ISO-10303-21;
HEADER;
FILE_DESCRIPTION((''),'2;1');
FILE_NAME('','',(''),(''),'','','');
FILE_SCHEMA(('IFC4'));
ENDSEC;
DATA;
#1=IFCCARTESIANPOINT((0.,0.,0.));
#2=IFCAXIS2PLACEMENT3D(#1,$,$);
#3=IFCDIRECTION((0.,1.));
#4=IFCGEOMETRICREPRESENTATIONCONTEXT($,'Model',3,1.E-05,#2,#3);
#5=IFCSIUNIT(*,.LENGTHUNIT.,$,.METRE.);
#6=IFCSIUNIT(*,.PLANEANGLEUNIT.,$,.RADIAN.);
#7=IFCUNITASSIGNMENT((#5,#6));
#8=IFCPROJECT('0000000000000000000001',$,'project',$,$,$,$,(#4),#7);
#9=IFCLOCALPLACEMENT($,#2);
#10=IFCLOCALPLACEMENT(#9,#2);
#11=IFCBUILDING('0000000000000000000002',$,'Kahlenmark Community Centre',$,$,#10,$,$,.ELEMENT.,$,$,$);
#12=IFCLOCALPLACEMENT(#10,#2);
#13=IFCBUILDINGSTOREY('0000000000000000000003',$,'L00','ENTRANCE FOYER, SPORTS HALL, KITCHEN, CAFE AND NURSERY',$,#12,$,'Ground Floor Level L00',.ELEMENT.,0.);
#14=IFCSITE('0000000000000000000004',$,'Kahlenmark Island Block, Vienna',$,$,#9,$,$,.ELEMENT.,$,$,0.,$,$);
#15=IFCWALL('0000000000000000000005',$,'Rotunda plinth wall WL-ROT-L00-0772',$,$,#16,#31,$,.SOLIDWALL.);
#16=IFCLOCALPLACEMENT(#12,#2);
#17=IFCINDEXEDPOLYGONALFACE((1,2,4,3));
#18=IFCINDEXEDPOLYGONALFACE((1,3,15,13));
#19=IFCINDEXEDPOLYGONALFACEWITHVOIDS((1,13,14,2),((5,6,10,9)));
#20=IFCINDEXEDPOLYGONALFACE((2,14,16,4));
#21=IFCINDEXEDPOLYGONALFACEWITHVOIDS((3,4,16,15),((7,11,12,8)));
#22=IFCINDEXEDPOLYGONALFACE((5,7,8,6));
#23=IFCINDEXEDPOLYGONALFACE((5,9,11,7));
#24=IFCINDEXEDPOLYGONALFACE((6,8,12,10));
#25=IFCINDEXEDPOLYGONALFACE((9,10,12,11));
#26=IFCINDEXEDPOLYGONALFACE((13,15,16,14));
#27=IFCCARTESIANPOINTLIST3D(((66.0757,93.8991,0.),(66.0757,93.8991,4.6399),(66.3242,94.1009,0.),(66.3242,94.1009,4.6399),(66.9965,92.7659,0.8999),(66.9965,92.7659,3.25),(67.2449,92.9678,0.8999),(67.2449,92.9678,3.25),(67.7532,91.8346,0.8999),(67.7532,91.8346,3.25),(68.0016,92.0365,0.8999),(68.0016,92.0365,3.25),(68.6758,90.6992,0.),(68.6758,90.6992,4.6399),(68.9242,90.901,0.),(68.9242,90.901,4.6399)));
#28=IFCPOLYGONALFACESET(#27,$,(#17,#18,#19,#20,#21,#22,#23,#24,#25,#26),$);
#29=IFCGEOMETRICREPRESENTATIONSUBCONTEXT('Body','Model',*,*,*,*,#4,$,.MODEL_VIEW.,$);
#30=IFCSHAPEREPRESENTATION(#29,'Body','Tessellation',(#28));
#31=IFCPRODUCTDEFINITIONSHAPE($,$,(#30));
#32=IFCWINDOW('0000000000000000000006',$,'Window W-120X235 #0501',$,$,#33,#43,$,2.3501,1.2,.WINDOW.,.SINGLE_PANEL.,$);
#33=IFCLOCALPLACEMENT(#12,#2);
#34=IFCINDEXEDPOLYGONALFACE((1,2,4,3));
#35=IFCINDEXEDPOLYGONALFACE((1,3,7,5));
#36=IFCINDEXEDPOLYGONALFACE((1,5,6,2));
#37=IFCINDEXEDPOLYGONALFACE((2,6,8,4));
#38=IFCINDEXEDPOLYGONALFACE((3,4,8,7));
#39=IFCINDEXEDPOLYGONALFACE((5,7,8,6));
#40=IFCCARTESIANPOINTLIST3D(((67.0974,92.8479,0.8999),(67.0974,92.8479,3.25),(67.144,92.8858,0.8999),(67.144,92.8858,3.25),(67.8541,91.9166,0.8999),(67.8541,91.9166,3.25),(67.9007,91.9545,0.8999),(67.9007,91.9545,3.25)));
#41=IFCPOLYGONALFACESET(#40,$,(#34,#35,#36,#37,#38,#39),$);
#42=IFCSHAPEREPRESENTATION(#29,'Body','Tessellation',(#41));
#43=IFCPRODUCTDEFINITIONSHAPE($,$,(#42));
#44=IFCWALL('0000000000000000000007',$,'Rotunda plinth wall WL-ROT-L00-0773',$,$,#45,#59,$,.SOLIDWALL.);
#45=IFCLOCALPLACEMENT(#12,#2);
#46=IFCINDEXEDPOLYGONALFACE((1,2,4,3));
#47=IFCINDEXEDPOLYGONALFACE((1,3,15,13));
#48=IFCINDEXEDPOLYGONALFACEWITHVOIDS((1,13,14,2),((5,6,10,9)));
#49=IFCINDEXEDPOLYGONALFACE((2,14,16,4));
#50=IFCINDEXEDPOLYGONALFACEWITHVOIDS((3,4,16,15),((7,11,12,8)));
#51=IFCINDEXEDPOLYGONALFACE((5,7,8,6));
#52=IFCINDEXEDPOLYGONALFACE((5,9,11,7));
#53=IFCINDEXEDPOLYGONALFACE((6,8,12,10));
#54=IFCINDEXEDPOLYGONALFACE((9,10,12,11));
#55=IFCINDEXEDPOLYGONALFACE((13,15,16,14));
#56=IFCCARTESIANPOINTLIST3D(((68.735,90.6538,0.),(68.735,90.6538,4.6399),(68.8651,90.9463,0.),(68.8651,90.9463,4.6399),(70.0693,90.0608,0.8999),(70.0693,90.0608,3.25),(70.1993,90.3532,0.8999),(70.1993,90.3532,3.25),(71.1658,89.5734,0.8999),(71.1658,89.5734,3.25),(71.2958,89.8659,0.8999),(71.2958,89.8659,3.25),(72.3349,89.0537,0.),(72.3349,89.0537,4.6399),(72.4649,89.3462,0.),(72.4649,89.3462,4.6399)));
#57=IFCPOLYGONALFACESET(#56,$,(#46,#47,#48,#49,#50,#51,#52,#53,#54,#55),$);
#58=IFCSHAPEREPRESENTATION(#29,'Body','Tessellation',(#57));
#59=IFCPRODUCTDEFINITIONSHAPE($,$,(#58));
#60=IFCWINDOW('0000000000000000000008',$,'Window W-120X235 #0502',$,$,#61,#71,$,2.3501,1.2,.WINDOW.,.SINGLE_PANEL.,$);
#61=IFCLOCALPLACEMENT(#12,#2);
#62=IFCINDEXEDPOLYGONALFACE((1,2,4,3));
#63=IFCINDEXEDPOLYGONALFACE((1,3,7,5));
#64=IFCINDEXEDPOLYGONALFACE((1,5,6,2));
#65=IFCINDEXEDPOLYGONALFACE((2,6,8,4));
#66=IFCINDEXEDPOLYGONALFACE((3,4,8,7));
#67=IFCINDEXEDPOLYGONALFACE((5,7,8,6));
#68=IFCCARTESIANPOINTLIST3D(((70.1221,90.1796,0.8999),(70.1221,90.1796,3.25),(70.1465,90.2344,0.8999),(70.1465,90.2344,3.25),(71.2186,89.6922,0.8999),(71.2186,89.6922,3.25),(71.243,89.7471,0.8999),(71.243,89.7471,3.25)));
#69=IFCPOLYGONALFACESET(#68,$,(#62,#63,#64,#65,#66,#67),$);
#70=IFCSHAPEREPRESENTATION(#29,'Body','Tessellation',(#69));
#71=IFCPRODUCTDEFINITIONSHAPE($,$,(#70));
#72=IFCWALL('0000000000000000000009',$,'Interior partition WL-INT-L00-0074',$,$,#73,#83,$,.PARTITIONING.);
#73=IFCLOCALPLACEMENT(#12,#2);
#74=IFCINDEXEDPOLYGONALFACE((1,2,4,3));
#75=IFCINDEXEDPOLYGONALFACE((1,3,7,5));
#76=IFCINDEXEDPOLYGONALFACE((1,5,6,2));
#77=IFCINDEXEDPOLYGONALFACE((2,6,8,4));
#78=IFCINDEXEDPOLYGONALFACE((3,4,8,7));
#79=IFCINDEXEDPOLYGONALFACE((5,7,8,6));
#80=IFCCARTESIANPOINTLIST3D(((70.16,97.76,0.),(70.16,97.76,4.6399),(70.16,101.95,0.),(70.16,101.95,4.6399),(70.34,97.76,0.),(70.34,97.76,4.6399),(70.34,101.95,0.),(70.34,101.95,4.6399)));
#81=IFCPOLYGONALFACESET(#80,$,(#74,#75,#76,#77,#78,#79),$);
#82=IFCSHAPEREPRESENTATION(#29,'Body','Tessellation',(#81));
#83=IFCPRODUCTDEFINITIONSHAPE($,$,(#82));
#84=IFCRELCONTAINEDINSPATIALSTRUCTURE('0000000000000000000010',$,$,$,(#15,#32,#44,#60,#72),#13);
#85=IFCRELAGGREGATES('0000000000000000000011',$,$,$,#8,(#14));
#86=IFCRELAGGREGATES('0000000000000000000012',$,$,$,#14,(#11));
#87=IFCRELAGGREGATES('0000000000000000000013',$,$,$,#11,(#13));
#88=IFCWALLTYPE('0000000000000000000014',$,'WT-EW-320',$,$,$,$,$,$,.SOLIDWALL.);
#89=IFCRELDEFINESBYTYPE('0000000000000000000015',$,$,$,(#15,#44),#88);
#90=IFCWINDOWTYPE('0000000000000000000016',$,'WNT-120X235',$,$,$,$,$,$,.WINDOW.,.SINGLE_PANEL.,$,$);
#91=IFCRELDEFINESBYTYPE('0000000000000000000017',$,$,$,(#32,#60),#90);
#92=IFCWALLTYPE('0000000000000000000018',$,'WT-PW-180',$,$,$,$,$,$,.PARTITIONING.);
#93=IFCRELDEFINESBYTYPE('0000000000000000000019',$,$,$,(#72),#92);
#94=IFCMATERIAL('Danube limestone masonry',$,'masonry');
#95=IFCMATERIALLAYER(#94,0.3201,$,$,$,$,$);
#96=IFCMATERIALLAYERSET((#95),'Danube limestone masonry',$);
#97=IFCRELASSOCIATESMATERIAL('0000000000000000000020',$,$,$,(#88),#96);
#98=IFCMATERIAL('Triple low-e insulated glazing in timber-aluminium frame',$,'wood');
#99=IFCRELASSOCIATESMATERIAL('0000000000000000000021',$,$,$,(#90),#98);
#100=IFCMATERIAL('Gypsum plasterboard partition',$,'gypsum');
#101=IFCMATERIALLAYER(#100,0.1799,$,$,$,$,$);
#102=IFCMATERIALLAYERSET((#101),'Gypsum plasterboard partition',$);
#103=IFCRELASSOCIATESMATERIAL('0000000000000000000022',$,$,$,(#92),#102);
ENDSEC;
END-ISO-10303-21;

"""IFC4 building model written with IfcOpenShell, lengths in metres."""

from ifc_helpers import new_model, si_unit, direction, frame, frame_2d, origin, place, context, subcontext, project, spatial, rectangle, extrude, material, layer, layer_set, type_object, element, fill, save


model = new_model("IFC4")

# Units and contexts
model_context = context("Model", 3, precision=1e-05, world=origin(), true_north=direction((0.0, 1.0)))
body_context = subcontext(model_context, "Body", "Model", "MODEL_VIEW")
ifc_project = project(units=[si_unit("LENGTHUNIT", "METRE"), si_unit("PLANEANGLEUNIT", "RADIAN")], contexts=[model_context])

# Site, building, storey
site_placement = place(None, origin())
site = spatial("IfcSite", under=ifc_project, at=site_placement, Name="Kahlenmark Island Block, Vienna", CompositionType="ELEMENT", RefElevation=0.0)
building_placement = place(site_placement, origin())
building = spatial("IfcBuilding", under=site, at=building_placement, Name="Kahlenmark Community Centre", CompositionType="ELEMENT")
storey_placement = place(building_placement, origin())
storey = spatial("IfcBuildingStorey", under=building, at=storey_placement, Name="L00", Description="ENTRANCE FOYER, SPORTS HALL, KITCHEN, CAFE AND NURSERY", LongName="Ground Floor Level L00", CompositionType="ELEMENT", Elevation=0.0)

# Walls, openings, windows
ifc_material_1 = material(Name="Danube limestone masonry", Category="masonry")
ifc_layer_1 = layer(ifc_material_1, 0.3201)
ifc_layer_set_1 = layer_set([ifc_layer_1], Name="Danube limestone masonry")
wall_type_1 = type_object("IfcWallType", Name="WT-EW-320", PredefinedType="SOLIDWALL", material=ifc_layer_set_1)
ifc_material_2 = material(Name="Triple low-e insulated glazing in timber-aluminium frame", Category="wood")
window_type = type_object("IfcWindowType", Name="WNT-120X235", PartitioningType="SINGLE_PANEL", PredefinedType="WINDOW", material=ifc_material_2)
wall_1_placement = place(storey_placement, frame((66.2, 94.0, 0.0), z_axis=(0.0, 0.0, 1.0), x_axis=(0.630613, -0.776098, 0.0)))
wall_1 = element("IfcWall", 1, at=wall_1_placement, inside=storey, type_object=wall_type_1, Name="Rotunda plinth wall WL-ROT-L00-0772", PredefinedType="SOLIDWALL", context=body_context, shape_type="SweptSolid", body=[
    extrude(rectangle(XDim=4.123, YDim=0.3201, at=frame_2d((2.0615, 0.0))), origin(), (0.0, 0.0, 1.0), 4.6399),
])
opening_1_placement = place(wall_1_placement, frame((1.46, 0.0, 0.8999)))
opening_1 = element("IfcOpeningElement", 2, at=opening_1_placement, cuts=wall_1, PredefinedType="OPENING", context=body_context, shape_type="SweptSolid", body=[
    extrude(rectangle(XDim=1.2, YDim=2.3501, at=frame_2d((0.6001, 1.175))), frame((0.0, 0.1699, 0.0), z_axis=(0.0, -1.0, 0.0), x_axis=(1.0, 0.0, 0.0)), (0.0, 0.0, 1.0), 0.3401),
])
window_1_placement = place(opening_1_placement, origin())
window_1 = element("IfcWindow", 3, at=window_1_placement, inside=storey, type_object=window_type, Name="Window W-120X235 #0501", OverallHeight=2.3501, OverallWidth=1.2, PartitioningType="SINGLE_PANEL", PredefinedType="WINDOW", context=body_context, shape_type="SweptSolid", body=[
    extrude(rectangle(XDim=1.2, YDim=2.3501, at=frame_2d((0.6001, 1.175))), frame((0.0, 0.03, 0.0), z_axis=(0.0, -1.0, 0.0), x_axis=(1.0, 0.0, 0.0)), (0.0, 0.0, 1.0), 0.0601),
])
fill(opening_1, window_1)
wall_2_placement = place(storey_placement, frame((68.8, 90.8, 0.0), z_axis=(0.0, 0.0, 1.0), x_axis=(0.913796, -0.406173, 0.0)))
wall_2 = element("IfcWall", 4, at=wall_2_placement, inside=storey, type_object=wall_type_1, Name="Rotunda plinth wall WL-ROT-L00-0773", PredefinedType="SOLIDWALL", context=body_context, shape_type="SweptSolid", body=[
    extrude(rectangle(XDim=3.9395, YDim=0.3201, at=frame_2d((1.9697, 0.0))), origin(), (0.0, 0.0, 1.0), 4.6399),
])
opening_2_placement = place(wall_2_placement, frame((1.46, 0.0, 0.8999)))
opening_2 = element("IfcOpeningElement", 5, at=opening_2_placement, cuts=wall_2, PredefinedType="OPENING", context=body_context, shape_type="SweptSolid", body=[
    extrude(rectangle(XDim=1.2, YDim=2.3501, at=frame_2d((0.6001, 1.175))), frame((0.0, 0.1699, 0.0), z_axis=(0.0, -1.0, 0.0), x_axis=(1.0, 0.0, 0.0)), (0.0, 0.0, 1.0), 0.3401),
])
window_2_placement = place(opening_2_placement, origin())
window_2 = element("IfcWindow", 6, at=window_2_placement, inside=storey, type_object=window_type, Name="Window W-120X235 #0502", OverallHeight=2.3501, OverallWidth=1.2, PartitioningType="SINGLE_PANEL", PredefinedType="WINDOW", context=body_context, shape_type="SweptSolid", body=[
    extrude(rectangle(XDim=1.2, YDim=2.3501, at=frame_2d((0.6001, 1.175))), frame((0.0, 0.03, 0.0), z_axis=(0.0, -1.0, 0.0), x_axis=(1.0, 0.0, 0.0)), (0.0, 0.0, 1.0), 0.0601),
])
fill(opening_2, window_2)

# Wall
ifc_material_3 = material(Name="Gypsum plasterboard partition", Category="gypsum")
ifc_layer_2 = layer(ifc_material_3, 0.1799)
ifc_layer_set_2 = layer_set([ifc_layer_2], Name="Gypsum plasterboard partition")
wall_type_2 = type_object("IfcWallType", Name="WT-PW-180", PredefinedType="PARTITIONING", material=ifc_layer_set_2)
wall_3_placement = place(storey_placement, frame((70.25, 97.76, 0.0), z_axis=(0.0, 0.0, 1.0), x_axis=(0.0, 1.0, 0.0)))
element("IfcWall", 7, at=wall_3_placement, inside=storey, type_object=wall_type_2, Name="Interior partition WL-INT-L00-0074", PredefinedType="PARTITIONING", context=body_context, shape_type="SweptSolid", body=[
    extrude(rectangle(XDim=4.1899, YDim=0.1799, at=frame_2d((2.095, 0.0))), origin(), (0.0, 0.0, 1.0), 4.6399),
])

save(model, "model.ifc")
